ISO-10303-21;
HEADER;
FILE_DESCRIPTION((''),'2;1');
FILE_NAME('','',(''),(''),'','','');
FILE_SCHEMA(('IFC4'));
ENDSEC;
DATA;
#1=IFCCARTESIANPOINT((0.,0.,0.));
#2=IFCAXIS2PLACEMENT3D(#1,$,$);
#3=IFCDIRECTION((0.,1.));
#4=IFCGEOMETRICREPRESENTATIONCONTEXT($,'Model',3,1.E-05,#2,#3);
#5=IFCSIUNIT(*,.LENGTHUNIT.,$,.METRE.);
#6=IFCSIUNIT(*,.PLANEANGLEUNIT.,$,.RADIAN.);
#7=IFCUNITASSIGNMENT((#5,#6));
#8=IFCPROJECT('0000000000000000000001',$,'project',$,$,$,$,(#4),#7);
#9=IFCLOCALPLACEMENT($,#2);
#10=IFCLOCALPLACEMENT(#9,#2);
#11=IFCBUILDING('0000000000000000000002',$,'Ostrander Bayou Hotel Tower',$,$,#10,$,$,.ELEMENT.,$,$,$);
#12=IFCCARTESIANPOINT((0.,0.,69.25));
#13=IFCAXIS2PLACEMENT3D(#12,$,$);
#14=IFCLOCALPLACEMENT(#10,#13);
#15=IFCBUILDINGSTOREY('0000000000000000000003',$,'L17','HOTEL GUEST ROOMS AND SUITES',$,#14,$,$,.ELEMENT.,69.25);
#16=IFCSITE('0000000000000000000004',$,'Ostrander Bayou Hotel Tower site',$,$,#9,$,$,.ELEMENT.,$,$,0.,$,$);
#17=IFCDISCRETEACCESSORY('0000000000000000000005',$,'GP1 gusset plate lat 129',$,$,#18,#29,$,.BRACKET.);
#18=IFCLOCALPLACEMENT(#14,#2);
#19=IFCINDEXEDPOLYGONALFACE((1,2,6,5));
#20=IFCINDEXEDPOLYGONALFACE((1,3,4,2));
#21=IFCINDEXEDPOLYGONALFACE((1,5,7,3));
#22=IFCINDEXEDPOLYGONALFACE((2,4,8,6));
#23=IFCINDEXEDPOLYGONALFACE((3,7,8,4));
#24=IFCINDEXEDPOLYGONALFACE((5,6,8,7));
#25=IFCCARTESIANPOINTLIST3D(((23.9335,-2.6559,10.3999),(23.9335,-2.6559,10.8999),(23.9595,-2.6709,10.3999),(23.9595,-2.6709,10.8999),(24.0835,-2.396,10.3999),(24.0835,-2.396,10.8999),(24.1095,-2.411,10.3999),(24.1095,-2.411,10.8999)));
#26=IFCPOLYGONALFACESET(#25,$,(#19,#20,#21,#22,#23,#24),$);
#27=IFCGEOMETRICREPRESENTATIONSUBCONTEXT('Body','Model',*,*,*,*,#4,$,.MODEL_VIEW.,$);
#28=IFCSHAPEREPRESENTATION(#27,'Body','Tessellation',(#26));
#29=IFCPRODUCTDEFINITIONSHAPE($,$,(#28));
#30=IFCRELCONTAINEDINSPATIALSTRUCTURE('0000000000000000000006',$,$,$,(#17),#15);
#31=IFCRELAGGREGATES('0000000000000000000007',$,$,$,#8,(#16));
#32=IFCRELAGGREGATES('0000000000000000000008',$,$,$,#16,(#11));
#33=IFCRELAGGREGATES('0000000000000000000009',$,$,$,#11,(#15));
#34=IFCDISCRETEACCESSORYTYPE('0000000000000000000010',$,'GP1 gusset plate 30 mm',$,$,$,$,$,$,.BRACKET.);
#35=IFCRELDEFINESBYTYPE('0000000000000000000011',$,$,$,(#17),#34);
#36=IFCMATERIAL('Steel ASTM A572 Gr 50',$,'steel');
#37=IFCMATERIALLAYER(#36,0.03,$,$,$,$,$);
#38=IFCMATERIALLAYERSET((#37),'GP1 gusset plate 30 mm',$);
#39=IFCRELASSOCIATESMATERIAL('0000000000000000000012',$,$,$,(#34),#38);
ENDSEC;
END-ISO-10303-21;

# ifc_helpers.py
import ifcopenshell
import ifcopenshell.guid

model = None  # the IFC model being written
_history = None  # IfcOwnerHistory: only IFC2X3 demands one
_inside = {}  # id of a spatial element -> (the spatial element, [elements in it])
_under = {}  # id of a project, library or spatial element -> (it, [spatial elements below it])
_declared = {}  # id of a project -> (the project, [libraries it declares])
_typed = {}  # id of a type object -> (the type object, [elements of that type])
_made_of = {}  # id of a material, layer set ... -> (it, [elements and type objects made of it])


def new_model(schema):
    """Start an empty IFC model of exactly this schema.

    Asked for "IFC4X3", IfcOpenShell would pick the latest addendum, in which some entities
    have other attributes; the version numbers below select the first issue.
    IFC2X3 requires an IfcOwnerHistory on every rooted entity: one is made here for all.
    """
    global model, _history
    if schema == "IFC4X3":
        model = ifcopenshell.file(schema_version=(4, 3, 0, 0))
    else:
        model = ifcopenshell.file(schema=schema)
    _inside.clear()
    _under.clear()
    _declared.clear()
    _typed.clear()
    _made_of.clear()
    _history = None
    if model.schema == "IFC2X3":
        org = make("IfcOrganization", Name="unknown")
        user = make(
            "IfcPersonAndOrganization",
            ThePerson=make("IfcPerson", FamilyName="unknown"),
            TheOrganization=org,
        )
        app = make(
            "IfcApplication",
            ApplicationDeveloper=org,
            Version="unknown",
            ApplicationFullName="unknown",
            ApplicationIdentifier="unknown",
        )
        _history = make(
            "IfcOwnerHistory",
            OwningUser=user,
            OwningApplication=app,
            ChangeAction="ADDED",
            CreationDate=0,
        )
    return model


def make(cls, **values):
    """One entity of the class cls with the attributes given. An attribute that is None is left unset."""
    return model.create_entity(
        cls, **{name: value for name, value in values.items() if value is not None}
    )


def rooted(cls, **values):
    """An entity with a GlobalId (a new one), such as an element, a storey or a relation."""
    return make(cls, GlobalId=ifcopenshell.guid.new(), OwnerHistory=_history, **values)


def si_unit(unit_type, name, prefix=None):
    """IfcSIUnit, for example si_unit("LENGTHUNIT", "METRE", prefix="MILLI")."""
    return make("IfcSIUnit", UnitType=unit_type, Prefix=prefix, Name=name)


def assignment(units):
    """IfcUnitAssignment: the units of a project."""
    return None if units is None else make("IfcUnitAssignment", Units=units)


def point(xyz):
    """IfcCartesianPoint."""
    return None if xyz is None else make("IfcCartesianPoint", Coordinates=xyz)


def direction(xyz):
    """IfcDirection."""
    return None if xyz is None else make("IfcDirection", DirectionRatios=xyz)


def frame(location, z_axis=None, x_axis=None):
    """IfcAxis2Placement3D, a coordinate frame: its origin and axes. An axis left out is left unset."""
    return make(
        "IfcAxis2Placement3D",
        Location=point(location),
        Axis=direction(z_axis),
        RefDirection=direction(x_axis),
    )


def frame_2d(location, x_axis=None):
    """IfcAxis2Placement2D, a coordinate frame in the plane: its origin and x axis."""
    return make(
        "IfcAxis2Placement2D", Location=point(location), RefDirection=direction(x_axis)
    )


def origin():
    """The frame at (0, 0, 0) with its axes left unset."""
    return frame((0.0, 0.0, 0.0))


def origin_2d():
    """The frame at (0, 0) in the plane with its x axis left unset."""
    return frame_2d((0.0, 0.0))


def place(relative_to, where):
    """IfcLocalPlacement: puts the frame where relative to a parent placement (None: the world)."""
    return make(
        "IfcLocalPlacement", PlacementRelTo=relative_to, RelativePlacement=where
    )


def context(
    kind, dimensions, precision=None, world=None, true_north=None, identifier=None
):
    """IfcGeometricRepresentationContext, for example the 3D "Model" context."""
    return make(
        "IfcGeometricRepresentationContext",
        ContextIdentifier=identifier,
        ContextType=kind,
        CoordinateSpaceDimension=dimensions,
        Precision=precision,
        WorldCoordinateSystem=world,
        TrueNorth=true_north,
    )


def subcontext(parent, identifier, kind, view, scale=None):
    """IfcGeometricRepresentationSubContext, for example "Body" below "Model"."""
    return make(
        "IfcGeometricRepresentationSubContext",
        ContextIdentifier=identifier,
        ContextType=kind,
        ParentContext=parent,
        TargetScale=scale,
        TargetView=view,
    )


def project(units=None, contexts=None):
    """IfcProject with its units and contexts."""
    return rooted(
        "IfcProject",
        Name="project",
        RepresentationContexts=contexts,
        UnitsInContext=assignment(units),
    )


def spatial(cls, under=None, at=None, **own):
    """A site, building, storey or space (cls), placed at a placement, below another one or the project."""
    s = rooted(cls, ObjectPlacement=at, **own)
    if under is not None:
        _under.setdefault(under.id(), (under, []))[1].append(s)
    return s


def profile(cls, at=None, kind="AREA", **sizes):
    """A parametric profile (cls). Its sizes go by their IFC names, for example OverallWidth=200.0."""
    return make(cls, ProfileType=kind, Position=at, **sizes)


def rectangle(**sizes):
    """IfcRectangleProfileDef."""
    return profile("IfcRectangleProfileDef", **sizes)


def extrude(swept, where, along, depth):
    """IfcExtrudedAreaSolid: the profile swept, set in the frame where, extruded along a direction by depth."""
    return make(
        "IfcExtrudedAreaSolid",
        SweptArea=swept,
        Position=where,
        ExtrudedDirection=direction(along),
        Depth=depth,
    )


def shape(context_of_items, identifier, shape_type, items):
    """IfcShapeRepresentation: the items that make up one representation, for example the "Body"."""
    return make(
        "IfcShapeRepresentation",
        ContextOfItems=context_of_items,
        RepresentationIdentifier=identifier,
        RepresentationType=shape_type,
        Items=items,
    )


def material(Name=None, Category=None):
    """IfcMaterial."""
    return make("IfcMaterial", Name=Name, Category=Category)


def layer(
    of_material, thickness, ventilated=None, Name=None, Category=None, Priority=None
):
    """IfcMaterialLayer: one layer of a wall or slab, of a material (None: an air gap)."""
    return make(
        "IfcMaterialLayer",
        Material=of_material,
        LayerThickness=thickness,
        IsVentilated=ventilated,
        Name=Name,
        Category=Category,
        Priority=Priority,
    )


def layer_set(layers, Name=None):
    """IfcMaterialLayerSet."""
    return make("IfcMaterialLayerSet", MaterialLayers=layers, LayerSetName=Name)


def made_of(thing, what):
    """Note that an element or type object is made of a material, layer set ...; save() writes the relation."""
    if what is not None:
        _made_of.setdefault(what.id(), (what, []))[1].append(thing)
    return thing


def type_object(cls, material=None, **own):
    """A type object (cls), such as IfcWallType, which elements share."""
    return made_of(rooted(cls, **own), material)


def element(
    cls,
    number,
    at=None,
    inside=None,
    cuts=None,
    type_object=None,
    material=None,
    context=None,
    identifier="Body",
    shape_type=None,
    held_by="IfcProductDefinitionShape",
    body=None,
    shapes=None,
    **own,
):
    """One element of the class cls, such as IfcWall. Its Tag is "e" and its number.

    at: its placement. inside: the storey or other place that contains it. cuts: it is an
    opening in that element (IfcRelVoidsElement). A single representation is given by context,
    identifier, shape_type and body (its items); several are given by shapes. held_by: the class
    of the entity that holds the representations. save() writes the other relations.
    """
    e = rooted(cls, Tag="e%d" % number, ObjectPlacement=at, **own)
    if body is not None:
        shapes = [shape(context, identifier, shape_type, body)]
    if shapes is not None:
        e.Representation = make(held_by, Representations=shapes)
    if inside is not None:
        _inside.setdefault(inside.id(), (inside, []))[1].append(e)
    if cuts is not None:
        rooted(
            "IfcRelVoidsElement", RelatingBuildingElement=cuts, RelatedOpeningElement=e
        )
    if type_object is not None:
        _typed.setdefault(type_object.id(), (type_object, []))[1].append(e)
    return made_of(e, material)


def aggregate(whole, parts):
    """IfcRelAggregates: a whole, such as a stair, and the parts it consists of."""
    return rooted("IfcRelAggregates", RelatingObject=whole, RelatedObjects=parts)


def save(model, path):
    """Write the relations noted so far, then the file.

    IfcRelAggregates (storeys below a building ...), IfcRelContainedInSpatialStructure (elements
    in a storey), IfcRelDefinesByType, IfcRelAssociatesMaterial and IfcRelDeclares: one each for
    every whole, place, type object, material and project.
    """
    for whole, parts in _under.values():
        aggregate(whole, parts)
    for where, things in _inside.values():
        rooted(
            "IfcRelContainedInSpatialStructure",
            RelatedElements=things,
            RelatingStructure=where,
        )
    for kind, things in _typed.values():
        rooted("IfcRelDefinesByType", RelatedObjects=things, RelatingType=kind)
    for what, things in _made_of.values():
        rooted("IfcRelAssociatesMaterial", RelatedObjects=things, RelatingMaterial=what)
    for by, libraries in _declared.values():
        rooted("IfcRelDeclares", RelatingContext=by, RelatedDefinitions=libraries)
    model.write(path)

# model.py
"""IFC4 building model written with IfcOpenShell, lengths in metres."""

from ifc_helpers import new_model, si_unit, direction, frame, origin, origin_2d, place, context, subcontext, project, spatial, rectangle, extrude, material, layer, layer_set, type_object, element, save


model = new_model("IFC4")

# Units and contexts
model_context = context("Model", 3, precision=1e-05, world=origin(), true_north=direction((0.0, 1.0)))
body_context = subcontext(model_context, "Body", "Model", "MODEL_VIEW")
ifc_project = project(units=[si_unit("LENGTHUNIT", "METRE"), si_unit("PLANEANGLEUNIT", "RADIAN")], contexts=[model_context])

# Site, building, storey
site_placement = place(None, origin())
site = spatial("IfcSite", under=ifc_project, at=site_placement, Name="Ostrander Bayou Hotel Tower site", CompositionType="ELEMENT", RefElevation=0.0)
building_placement = place(site_placement, origin())
building = spatial("IfcBuilding", under=site, at=building_placement, Name="Ostrander Bayou Hotel Tower", CompositionType="ELEMENT")
storey_placement = place(building_placement, frame((0.0, 0.0, 69.25)))
storey = spatial("IfcBuildingStorey", under=building, at=storey_placement, Name="L17", Description="HOTEL GUEST ROOMS AND SUITES", CompositionType="ELEMENT", Elevation=69.25)

# Discrete accessory
ifc_material_1 = material(Name="Steel ASTM A572 Gr 50", Category="steel")
ifc_layer_1 = layer(ifc_material_1, 0.03)
ifc_layer_set_1 = layer_set([ifc_layer_1], Name="GP1 gusset plate 30 mm")
discrete_accessory_type = type_object("IfcDiscreteAccessoryType", Name="GP1 gusset plate 30 mm", PredefinedType="BRACKET", material=ifc_layer_set_1)
for number, where, z_axis, x_axis, name in (
    (1, (24.0215, -2.5334, 10.3999), (0.0, 0.0, 1.0), (0.5, 0.866025, 0.0), "GP1 gusset plate lat 129"),
):
    element("IfcDiscreteAccessory", number, at=place(storey_placement, frame(where, z_axis=z_axis, x_axis=x_axis)), inside=storey, type_object=discrete_accessory_type, Name=name, PredefinedType="BRACKET", context=body_context, shape_type="SweptSolid", body=[
        extrude(rectangle(XDim=0.3, YDim=0.03, at=origin_2d()), origin(), (0.0, 0.0, 1.0), 0.5),
    ])

save(model, "model.ifc")
